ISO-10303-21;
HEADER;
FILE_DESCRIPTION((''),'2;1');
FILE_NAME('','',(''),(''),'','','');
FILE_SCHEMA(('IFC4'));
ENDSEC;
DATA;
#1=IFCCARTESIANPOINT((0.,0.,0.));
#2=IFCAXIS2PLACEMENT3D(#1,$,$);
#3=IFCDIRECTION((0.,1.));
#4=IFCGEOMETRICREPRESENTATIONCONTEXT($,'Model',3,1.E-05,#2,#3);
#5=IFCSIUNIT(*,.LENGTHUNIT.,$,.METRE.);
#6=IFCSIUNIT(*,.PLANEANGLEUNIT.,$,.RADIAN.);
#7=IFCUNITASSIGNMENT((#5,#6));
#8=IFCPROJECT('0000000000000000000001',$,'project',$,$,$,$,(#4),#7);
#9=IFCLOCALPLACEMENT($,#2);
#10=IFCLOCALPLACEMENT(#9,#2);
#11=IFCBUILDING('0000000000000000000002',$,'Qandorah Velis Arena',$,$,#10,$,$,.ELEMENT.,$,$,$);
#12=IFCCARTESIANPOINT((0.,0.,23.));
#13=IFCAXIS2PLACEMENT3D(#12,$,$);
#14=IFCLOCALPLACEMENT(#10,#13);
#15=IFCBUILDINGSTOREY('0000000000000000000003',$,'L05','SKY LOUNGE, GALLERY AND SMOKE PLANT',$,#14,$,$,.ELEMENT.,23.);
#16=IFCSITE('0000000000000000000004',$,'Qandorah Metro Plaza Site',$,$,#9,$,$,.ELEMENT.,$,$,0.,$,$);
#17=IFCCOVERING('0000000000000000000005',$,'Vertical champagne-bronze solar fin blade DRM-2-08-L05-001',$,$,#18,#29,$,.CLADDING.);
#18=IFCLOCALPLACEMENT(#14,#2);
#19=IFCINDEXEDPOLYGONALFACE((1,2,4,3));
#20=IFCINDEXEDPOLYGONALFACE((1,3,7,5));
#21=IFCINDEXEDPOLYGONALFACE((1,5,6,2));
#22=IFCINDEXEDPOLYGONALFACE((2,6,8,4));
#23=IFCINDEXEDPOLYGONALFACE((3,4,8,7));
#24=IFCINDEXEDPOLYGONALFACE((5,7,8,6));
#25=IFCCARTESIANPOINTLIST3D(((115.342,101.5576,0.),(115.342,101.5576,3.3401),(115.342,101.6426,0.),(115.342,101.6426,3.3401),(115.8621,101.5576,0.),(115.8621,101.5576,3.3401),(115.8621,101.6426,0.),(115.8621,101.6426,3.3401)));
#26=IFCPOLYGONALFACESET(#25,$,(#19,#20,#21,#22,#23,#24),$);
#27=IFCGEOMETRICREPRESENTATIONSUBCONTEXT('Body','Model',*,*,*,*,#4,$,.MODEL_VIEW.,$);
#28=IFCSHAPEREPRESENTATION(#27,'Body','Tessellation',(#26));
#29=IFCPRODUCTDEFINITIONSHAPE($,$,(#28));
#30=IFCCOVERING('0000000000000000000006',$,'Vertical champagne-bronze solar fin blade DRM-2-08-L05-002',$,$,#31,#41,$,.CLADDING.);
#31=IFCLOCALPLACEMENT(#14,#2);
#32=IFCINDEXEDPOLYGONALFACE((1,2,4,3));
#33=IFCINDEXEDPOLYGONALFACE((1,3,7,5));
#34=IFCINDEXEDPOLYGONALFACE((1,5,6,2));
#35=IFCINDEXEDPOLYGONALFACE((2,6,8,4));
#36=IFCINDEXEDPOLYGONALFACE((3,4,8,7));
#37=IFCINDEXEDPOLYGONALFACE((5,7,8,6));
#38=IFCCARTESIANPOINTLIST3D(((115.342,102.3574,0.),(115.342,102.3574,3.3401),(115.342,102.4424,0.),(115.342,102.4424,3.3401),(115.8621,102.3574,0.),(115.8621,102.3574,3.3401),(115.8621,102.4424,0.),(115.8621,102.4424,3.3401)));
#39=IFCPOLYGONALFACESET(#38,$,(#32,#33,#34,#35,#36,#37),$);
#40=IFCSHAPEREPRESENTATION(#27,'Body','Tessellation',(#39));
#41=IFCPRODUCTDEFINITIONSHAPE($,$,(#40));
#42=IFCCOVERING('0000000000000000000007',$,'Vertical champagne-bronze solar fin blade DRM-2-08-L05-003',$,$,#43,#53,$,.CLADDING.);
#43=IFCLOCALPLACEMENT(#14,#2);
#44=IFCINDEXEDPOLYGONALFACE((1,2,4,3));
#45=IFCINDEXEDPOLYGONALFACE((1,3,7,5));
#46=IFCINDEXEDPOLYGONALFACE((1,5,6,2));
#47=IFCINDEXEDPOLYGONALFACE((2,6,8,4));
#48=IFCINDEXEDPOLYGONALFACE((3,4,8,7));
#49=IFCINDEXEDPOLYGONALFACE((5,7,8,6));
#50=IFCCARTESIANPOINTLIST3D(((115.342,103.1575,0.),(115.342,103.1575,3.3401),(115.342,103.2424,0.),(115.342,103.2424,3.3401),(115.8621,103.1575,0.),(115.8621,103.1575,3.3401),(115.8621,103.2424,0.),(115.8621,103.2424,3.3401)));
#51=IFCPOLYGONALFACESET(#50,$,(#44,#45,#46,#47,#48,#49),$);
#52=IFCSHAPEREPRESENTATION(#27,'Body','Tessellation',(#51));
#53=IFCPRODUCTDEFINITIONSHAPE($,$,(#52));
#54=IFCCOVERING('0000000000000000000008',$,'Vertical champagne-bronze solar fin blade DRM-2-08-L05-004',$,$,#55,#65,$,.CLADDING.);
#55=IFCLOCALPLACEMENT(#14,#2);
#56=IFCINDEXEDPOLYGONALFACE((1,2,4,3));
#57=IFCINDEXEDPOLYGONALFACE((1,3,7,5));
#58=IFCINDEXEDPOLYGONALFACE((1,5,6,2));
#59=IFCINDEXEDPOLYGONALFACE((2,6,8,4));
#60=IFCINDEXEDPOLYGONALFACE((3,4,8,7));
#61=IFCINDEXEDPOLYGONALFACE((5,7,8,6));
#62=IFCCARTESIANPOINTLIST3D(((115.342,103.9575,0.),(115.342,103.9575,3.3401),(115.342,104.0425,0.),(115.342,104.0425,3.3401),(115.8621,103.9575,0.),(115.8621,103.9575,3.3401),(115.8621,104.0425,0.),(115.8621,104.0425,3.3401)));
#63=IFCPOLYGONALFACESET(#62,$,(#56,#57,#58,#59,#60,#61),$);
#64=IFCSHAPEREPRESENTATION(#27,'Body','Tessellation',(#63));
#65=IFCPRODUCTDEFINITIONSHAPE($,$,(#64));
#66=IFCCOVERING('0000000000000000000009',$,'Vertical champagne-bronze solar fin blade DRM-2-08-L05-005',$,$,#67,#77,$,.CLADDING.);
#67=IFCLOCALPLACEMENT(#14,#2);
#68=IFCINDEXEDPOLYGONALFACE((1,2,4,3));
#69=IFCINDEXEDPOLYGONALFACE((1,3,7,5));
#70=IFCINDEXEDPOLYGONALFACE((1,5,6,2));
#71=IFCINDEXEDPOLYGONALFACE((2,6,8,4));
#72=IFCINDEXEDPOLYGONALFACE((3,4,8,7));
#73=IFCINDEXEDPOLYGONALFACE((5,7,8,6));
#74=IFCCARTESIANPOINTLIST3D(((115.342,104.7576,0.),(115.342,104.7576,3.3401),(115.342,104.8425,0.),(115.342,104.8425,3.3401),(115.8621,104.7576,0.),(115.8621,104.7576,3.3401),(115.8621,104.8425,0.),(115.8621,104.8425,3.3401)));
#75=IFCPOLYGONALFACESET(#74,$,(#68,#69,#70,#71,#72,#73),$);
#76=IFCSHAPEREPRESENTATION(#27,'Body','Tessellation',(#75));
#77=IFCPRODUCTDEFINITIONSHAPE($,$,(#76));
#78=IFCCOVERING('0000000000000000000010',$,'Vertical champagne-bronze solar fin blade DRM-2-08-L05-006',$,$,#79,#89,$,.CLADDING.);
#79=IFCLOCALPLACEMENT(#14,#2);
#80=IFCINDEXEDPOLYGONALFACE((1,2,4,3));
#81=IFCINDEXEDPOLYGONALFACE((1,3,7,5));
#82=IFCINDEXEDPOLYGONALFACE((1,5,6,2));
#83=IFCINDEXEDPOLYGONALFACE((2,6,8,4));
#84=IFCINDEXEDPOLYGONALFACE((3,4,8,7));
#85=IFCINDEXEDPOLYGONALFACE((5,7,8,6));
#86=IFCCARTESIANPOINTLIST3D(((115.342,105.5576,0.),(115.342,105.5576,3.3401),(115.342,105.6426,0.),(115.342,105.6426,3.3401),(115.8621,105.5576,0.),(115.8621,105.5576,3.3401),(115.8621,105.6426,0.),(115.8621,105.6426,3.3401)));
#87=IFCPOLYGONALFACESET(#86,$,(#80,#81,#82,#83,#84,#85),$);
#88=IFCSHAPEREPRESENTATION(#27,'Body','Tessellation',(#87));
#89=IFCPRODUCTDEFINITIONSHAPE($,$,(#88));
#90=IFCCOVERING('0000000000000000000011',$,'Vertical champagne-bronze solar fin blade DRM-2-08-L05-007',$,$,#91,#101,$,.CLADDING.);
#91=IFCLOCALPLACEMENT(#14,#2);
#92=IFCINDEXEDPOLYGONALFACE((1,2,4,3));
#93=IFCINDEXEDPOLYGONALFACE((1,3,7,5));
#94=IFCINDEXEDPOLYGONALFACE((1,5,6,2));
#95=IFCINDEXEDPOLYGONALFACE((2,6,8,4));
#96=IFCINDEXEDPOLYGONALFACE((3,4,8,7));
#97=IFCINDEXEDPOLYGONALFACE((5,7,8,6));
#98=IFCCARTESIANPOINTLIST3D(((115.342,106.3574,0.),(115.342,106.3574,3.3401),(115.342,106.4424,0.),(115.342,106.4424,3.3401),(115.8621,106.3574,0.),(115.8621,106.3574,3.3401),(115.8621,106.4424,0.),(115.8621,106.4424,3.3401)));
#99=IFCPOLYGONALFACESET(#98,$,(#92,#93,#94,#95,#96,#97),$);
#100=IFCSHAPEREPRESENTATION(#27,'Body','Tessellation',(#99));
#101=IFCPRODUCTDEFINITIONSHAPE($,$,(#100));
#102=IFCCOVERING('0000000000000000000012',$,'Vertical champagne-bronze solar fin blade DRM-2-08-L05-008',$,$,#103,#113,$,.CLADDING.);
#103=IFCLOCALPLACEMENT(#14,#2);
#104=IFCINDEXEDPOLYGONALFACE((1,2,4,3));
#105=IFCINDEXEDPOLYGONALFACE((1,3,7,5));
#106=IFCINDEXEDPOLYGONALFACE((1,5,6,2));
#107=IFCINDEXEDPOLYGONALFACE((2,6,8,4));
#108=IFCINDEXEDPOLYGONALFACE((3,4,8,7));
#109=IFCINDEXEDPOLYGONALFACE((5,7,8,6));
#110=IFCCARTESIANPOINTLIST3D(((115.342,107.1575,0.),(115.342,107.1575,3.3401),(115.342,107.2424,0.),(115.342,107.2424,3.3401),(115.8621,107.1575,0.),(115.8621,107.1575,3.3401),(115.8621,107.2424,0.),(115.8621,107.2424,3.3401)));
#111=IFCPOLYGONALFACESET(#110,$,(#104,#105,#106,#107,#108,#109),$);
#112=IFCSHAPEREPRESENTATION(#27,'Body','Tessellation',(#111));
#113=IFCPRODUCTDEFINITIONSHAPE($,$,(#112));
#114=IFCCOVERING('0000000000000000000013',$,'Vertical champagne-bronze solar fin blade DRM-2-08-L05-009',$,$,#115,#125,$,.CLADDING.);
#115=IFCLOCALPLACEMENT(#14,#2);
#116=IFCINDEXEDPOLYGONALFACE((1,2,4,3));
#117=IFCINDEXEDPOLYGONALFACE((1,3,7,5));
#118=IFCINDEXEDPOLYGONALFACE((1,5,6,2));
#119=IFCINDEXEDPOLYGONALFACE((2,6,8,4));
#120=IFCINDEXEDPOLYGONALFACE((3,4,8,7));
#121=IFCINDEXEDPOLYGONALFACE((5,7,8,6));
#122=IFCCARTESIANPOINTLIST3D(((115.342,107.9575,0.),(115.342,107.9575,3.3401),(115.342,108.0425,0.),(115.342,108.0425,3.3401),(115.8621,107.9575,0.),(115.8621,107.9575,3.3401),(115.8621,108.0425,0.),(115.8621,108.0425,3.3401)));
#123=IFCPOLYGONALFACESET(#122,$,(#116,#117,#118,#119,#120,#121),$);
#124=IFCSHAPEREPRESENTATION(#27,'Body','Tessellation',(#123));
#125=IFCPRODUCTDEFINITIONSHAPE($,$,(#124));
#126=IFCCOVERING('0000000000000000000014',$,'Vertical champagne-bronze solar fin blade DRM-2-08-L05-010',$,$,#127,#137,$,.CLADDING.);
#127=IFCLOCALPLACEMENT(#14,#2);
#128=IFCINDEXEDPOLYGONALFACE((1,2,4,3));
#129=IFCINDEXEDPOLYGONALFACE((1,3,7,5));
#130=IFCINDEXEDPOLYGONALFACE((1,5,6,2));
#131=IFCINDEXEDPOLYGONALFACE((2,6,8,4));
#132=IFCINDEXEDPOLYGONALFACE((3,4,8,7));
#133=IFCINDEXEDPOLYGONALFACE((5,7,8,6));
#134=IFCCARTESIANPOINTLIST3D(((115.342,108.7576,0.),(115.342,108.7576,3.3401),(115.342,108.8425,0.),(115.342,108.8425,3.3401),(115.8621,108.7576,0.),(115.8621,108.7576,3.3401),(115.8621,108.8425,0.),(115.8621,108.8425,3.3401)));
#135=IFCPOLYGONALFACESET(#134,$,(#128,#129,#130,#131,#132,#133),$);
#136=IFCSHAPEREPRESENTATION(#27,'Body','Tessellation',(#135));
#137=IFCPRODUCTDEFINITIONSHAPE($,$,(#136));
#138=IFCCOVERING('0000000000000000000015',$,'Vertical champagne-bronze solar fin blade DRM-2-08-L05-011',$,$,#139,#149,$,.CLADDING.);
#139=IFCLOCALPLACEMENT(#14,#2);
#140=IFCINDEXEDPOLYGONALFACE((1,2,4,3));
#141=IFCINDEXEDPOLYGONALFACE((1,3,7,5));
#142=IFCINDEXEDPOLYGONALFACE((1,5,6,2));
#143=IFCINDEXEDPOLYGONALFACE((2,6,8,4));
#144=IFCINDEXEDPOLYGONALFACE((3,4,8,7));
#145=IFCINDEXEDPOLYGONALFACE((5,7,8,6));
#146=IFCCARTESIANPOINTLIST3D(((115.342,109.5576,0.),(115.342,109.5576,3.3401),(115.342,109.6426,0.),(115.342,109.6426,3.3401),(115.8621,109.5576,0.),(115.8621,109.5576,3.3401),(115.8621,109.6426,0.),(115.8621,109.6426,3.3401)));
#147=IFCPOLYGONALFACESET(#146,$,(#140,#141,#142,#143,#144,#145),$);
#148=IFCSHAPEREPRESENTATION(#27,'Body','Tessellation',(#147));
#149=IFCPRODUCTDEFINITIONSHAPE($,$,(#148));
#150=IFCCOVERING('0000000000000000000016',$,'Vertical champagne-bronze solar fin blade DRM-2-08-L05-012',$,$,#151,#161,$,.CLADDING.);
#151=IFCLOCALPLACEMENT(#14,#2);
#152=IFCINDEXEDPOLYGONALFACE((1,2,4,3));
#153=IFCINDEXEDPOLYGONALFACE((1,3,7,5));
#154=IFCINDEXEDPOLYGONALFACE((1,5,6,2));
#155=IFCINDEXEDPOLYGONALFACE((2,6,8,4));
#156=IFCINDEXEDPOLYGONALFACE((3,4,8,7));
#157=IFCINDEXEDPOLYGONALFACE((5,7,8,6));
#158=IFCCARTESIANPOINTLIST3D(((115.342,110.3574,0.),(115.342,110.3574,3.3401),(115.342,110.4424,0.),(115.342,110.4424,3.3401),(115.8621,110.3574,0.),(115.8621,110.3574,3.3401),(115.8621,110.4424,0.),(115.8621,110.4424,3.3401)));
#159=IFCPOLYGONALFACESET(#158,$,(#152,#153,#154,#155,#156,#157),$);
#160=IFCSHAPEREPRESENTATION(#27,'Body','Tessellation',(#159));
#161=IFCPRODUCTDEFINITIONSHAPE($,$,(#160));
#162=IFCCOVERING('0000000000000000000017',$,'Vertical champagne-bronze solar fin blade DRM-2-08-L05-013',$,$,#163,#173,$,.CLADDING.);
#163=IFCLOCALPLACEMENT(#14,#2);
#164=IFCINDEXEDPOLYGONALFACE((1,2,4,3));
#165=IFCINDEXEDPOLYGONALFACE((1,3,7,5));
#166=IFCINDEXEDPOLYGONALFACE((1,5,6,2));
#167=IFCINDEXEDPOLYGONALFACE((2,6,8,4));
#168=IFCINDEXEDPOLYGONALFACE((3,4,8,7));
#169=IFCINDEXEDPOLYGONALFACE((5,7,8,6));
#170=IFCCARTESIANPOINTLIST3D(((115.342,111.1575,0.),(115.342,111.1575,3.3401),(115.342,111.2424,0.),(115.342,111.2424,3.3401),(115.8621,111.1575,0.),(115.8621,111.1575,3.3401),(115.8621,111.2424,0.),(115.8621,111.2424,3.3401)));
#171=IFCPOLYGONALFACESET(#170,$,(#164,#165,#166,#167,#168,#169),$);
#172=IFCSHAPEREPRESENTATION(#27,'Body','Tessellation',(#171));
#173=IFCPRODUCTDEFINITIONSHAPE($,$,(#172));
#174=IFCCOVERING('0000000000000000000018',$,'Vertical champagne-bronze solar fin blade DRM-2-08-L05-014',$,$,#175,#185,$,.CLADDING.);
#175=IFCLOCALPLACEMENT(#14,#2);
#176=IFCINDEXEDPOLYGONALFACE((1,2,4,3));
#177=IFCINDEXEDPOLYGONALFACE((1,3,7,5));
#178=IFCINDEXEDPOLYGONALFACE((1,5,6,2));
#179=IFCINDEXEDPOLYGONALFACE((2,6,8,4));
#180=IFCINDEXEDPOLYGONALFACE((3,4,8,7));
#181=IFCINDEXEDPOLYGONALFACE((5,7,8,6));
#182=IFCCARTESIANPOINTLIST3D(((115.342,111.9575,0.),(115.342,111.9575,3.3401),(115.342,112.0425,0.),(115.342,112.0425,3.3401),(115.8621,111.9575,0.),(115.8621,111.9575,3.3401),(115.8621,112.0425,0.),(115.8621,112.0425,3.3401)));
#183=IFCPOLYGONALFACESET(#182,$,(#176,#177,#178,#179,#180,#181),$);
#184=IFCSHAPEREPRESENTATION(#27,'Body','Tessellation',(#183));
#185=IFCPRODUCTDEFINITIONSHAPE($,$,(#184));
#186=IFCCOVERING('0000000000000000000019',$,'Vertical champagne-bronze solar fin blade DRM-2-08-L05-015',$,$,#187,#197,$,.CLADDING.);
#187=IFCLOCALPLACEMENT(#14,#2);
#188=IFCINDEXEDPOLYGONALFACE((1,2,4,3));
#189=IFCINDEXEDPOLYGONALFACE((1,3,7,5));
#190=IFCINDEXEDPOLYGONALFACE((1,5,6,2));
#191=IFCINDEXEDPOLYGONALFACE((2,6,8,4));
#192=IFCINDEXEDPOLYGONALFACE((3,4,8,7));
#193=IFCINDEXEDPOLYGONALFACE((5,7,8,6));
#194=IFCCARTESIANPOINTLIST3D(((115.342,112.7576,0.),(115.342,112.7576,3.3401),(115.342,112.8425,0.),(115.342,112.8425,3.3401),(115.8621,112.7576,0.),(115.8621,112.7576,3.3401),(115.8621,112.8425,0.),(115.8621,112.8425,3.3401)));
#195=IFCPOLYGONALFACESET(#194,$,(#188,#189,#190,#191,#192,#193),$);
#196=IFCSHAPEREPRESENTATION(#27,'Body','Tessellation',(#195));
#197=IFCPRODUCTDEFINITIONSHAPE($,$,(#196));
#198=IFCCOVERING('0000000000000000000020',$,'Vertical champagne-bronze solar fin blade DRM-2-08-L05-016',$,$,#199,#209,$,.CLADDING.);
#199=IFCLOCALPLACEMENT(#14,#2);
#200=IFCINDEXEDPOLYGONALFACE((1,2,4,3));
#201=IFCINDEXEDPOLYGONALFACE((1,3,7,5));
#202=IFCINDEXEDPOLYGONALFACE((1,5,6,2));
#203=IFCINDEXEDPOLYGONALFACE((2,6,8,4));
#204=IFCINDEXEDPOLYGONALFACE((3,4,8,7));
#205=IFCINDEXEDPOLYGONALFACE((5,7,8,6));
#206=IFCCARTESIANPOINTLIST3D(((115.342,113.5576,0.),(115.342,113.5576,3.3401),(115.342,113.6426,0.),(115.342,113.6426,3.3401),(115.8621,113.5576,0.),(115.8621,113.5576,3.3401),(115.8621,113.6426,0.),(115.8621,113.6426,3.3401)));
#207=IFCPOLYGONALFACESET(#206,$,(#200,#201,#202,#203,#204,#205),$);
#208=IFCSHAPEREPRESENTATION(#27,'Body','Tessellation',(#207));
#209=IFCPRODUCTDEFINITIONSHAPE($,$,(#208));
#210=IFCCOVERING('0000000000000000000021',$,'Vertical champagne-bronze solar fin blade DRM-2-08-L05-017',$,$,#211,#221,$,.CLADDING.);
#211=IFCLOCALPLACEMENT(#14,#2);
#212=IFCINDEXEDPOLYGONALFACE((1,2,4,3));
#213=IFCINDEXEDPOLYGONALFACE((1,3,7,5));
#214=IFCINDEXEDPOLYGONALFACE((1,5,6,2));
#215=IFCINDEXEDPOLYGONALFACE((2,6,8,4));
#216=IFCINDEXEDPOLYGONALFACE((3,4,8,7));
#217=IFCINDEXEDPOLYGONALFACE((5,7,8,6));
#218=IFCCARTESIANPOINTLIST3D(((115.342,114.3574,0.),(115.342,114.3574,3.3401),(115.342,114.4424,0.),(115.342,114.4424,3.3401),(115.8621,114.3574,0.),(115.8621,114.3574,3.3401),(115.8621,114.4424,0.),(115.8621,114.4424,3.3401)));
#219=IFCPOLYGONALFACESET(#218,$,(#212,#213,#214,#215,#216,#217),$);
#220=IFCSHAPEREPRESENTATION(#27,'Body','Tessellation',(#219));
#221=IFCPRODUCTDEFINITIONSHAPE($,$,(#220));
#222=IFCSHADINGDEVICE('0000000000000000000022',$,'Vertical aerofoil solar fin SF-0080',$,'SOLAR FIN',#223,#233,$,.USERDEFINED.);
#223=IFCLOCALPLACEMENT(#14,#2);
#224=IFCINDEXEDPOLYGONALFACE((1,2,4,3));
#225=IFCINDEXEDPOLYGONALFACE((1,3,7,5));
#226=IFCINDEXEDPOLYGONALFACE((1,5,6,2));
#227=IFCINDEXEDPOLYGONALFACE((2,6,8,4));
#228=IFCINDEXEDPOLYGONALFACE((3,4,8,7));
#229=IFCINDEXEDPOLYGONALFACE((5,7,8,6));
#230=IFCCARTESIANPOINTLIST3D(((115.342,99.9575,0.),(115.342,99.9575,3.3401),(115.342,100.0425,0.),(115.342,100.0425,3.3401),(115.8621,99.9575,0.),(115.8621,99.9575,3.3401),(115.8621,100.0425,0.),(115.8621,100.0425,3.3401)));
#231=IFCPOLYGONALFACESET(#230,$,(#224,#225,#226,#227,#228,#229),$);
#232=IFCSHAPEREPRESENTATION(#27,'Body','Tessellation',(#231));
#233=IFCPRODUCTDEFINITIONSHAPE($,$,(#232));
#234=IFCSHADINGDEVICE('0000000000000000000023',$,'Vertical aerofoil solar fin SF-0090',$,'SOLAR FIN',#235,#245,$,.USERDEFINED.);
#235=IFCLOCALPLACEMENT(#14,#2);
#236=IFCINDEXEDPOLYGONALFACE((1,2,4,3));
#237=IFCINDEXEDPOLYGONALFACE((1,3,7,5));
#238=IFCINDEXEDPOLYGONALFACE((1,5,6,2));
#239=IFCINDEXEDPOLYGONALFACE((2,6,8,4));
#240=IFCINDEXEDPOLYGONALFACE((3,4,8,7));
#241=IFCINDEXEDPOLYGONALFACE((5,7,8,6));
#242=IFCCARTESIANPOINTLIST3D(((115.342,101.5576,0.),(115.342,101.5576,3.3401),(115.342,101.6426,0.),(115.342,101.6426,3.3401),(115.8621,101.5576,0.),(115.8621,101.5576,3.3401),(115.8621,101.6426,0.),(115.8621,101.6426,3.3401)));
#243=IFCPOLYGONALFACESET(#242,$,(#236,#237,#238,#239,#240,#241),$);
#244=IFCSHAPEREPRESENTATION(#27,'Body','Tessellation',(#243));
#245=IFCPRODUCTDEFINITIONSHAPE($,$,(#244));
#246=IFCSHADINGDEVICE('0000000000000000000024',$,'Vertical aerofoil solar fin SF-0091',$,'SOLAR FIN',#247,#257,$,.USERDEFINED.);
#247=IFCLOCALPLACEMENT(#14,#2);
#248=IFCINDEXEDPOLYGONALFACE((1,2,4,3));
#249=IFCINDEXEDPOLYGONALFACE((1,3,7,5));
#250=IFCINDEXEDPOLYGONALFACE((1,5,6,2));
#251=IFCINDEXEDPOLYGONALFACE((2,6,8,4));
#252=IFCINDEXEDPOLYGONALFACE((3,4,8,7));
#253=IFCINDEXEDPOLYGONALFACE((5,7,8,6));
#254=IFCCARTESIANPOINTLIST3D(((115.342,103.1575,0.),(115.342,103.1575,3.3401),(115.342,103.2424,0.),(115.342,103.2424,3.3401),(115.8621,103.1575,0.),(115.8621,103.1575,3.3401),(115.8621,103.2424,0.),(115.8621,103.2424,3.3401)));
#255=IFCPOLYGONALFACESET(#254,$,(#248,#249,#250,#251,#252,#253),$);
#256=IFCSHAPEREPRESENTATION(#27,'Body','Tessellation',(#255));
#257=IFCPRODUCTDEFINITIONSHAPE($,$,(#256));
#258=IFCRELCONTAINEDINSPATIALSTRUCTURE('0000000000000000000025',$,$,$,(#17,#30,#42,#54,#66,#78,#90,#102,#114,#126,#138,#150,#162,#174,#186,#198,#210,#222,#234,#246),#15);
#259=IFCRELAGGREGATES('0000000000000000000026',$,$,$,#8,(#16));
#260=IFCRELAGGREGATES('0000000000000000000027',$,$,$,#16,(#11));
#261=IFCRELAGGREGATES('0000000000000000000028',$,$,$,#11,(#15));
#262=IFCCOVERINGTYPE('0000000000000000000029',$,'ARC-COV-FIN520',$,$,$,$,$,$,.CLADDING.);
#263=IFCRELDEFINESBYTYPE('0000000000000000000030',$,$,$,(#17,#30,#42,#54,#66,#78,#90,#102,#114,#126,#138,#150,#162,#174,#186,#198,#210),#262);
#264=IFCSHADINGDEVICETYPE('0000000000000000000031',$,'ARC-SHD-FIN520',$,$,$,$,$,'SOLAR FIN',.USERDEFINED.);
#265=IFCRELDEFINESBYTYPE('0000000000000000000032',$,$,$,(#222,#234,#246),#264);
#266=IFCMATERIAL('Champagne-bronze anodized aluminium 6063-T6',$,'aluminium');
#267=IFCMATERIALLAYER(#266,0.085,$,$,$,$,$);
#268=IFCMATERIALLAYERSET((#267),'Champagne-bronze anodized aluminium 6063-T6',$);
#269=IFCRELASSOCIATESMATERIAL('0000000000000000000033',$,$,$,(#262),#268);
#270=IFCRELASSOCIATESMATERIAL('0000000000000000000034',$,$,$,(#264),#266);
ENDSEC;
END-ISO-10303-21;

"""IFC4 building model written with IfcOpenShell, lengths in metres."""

from ifc_helpers import new_model, si_unit, direction, frame, origin, origin_2d, place, context, subcontext, project, spatial, rectangle, extrude, material, layer, layer_set, type_object, element, save


model = new_model("IFC4")

# Units and contexts
model_context = context("Model", 3, precision=1e-05, world=origin(), true_north=direction((0.0, 1.0)))
body_context = subcontext(model_context, "Body", "Model", "MODEL_VIEW")
ifc_project = project(units=[si_unit("LENGTHUNIT", "METRE"), si_unit("PLANEANGLEUNIT", "RADIAN")], contexts=[model_context])

# Site, building, storey
site_placement = place(None, origin())
site = spatial("IfcSite", under=ifc_project, at=site_placement, Name="Qandorah Metro Plaza Site", CompositionType="ELEMENT", RefElevation=0.0)
building_placement = place(site_placement, origin())
building = spatial("IfcBuilding", under=site, at=building_placement, Name="Qandorah Velis Arena", CompositionType="ELEMENT")
storey_placement = place(building_placement, frame((0.0, 0.0, 23.0)))
storey = spatial("IfcBuildingStorey", under=building, at=storey_placement, Name="L05", Description="SKY LOUNGE, GALLERY AND SMOKE PLANT", CompositionType="ELEMENT", Elevation=23.0)

# Coverings
ifc_material = material(Name="Champagne-bronze anodized aluminium 6063-T6", Category="aluminium")
ifc_layer = layer(ifc_material, 0.085)
ifc_layer_set = layer_set([ifc_layer], Name="Champagne-bronze anodized aluminium 6063-T6")
covering_type = type_object("IfcCoveringType", Name="ARC-COV-FIN520", PredefinedType="CLADDING", material=ifc_layer_set)
for number, where, z_axis, x_axis, name in (
    (1, (115.6021, 101.6001, 0.0), (0.0, 0.0, 1.0), (1.0, 0.0, 0.0), "Vertical champagne-bronze solar fin blade DRM-2-08-L05-001"),
    (2, (115.6021, 102.3999, 0.0), (0.0, 0.0, 1.0), (1.0, 0.0, 0.0), "Vertical champagne-bronze solar fin blade DRM-2-08-L05-002"),
    (3, (115.6021, 103.2, 0.0), (0.0, 0.0, 1.0), (1.0, 0.0, 0.0), "Vertical champagne-bronze solar fin blade DRM-2-08-L05-003"),
    (4, (115.6021, 104.0, 0.0), (0.0, 0.0, 1.0), (1.0, 0.0, 0.0), "Vertical champagne-bronze solar fin blade DRM-2-08-L05-004"),
    (5, (115.6021, 104.8, 0.0), (0.0, 0.0, 1.0), (1.0, 0.0, 0.0), "Vertical champagne-bronze solar fin blade DRM-2-08-L05-005"),
    (6, (115.6021, 105.6001, 0.0), (0.0, 0.0, 1.0), (1.0, 0.0, 0.0), "Vertical champagne-bronze solar fin blade DRM-2-08-L05-006"),
    (7, (115.6021, 106.3999, 0.0), (0.0, 0.0, 1.0), (1.0, 0.0, 0.0), "Vertical champagne-bronze solar fin blade DRM-2-08-L05-007"),
    (8, (115.6021, 107.2, 0.0), (0.0, 0.0, 1.0), (1.0, 0.0, 0.0), "Vertical champagne-bronze solar fin blade DRM-2-08-L05-008"),
    (9, (115.6021, 108.0, 0.0), (0.0, 0.0, 1.0), (1.0, 0.0, 0.0), "Vertical champagne-bronze solar fin blade DRM-2-08-L05-009"),
    (10, (115.6021, 108.8, 0.0), (0.0, 0.0, 1.0), (1.0, 0.0, 0.0), "Vertical champagne-bronze solar fin blade DRM-2-08-L05-010"),
    (11, (115.6021, 109.6001, 0.0), (0.0, 0.0, 1.0), (1.0, 0.0, 0.0), "Vertical champagne-bronze solar fin blade DRM-2-08-L05-011"),
    (12, (115.6021, 110.3999, 0.0), (0.0, 0.0, 1.0), (1.0, 0.0, 0.0), "Vertical champagne-bronze solar fin blade DRM-2-08-L05-012"),
    (13, (115.6021, 111.2, 0.0), (0.0, 0.0, 1.0), (1.0, 0.0, 0.0), "Vertical champagne-bronze solar fin blade DRM-2-08-L05-013"),
    (14, (115.6021, 112.0, 0.0), (0.0, 0.0, 1.0), (1.0, 0.0, 0.0), "Vertical champagne-bronze solar fin blade DRM-2-08-L05-014"),
    (15, (115.6021, 112.8, 0.0), (0.0, 0.0, 1.0), (1.0, 0.0, 0.0), "Vertical champagne-bronze solar fin blade DRM-2-08-L05-015"),
    (16, (115.6021, 113.6001, 0.0), (0.0, 0.0, 1.0), (1.0, 0.0, 0.0), "Vertical champagne-bronze solar fin blade DRM-2-08-L05-016"),
    (17, (115.6021, 114.3999, 0.0), (0.0, 0.0, 1.0), (1.0, 0.0, 0.0), "Vertical champagne-bronze solar fin blade DRM-2-08-L05-017"),
):
    element("IfcCovering", number, at=place(storey_placement, frame(where, z_axis=z_axis, x_axis=x_axis)), inside=storey, type_object=covering_type, Name=name, PredefinedType="CLADDING", context=body_context, shape_type="SweptSolid", body=[
        extrude(rectangle(XDim=0.52, YDim=0.085, at=origin_2d()), origin(), (0.0, 0.0, 1.0), 3.3401),
    ])

# Shading devices
shading_device_type = type_object("IfcShadingDeviceType", Name="ARC-SHD-FIN520", ElementType="SOLAR FIN", PredefinedType="USERDEFINED", material=ifc_material)
for number, where, z_axis, x_axis, name in (
    (18, (115.6021, 100.0, 0.0), (0.0, 0.0, 1.0), (1.0, 0.0, 0.0), "Vertical aerofoil solar fin SF-0080"),
    (19, (115.6021, 101.6001, 0.0), (0.0, 0.0, 1.0), (1.0, 0.0, 0.0), "Vertical aerofoil solar fin SF-0090"),
    (20, (115.6021, 103.2, 0.0), (0.0, 0.0, 1.0), (1.0, 0.0, 0.0), "Vertical aerofoil solar fin SF-0091"),
):
    element("IfcShadingDevice", number, at=place(storey_placement, frame(where, z_axis=z_axis, x_axis=x_axis)), inside=storey, type_object=shading_device_type, Name=name, ObjectType="SOLAR FIN", PredefinedType="USERDEFINED", context=body_context, shape_type="SweptSolid", body=[
        extrude(rectangle(XDim=0.52, YDim=0.085, at=origin_2d()), origin(), (0.0, 0.0, 1.0), 3.3401),
    ])

save(model, "model.ifc")
